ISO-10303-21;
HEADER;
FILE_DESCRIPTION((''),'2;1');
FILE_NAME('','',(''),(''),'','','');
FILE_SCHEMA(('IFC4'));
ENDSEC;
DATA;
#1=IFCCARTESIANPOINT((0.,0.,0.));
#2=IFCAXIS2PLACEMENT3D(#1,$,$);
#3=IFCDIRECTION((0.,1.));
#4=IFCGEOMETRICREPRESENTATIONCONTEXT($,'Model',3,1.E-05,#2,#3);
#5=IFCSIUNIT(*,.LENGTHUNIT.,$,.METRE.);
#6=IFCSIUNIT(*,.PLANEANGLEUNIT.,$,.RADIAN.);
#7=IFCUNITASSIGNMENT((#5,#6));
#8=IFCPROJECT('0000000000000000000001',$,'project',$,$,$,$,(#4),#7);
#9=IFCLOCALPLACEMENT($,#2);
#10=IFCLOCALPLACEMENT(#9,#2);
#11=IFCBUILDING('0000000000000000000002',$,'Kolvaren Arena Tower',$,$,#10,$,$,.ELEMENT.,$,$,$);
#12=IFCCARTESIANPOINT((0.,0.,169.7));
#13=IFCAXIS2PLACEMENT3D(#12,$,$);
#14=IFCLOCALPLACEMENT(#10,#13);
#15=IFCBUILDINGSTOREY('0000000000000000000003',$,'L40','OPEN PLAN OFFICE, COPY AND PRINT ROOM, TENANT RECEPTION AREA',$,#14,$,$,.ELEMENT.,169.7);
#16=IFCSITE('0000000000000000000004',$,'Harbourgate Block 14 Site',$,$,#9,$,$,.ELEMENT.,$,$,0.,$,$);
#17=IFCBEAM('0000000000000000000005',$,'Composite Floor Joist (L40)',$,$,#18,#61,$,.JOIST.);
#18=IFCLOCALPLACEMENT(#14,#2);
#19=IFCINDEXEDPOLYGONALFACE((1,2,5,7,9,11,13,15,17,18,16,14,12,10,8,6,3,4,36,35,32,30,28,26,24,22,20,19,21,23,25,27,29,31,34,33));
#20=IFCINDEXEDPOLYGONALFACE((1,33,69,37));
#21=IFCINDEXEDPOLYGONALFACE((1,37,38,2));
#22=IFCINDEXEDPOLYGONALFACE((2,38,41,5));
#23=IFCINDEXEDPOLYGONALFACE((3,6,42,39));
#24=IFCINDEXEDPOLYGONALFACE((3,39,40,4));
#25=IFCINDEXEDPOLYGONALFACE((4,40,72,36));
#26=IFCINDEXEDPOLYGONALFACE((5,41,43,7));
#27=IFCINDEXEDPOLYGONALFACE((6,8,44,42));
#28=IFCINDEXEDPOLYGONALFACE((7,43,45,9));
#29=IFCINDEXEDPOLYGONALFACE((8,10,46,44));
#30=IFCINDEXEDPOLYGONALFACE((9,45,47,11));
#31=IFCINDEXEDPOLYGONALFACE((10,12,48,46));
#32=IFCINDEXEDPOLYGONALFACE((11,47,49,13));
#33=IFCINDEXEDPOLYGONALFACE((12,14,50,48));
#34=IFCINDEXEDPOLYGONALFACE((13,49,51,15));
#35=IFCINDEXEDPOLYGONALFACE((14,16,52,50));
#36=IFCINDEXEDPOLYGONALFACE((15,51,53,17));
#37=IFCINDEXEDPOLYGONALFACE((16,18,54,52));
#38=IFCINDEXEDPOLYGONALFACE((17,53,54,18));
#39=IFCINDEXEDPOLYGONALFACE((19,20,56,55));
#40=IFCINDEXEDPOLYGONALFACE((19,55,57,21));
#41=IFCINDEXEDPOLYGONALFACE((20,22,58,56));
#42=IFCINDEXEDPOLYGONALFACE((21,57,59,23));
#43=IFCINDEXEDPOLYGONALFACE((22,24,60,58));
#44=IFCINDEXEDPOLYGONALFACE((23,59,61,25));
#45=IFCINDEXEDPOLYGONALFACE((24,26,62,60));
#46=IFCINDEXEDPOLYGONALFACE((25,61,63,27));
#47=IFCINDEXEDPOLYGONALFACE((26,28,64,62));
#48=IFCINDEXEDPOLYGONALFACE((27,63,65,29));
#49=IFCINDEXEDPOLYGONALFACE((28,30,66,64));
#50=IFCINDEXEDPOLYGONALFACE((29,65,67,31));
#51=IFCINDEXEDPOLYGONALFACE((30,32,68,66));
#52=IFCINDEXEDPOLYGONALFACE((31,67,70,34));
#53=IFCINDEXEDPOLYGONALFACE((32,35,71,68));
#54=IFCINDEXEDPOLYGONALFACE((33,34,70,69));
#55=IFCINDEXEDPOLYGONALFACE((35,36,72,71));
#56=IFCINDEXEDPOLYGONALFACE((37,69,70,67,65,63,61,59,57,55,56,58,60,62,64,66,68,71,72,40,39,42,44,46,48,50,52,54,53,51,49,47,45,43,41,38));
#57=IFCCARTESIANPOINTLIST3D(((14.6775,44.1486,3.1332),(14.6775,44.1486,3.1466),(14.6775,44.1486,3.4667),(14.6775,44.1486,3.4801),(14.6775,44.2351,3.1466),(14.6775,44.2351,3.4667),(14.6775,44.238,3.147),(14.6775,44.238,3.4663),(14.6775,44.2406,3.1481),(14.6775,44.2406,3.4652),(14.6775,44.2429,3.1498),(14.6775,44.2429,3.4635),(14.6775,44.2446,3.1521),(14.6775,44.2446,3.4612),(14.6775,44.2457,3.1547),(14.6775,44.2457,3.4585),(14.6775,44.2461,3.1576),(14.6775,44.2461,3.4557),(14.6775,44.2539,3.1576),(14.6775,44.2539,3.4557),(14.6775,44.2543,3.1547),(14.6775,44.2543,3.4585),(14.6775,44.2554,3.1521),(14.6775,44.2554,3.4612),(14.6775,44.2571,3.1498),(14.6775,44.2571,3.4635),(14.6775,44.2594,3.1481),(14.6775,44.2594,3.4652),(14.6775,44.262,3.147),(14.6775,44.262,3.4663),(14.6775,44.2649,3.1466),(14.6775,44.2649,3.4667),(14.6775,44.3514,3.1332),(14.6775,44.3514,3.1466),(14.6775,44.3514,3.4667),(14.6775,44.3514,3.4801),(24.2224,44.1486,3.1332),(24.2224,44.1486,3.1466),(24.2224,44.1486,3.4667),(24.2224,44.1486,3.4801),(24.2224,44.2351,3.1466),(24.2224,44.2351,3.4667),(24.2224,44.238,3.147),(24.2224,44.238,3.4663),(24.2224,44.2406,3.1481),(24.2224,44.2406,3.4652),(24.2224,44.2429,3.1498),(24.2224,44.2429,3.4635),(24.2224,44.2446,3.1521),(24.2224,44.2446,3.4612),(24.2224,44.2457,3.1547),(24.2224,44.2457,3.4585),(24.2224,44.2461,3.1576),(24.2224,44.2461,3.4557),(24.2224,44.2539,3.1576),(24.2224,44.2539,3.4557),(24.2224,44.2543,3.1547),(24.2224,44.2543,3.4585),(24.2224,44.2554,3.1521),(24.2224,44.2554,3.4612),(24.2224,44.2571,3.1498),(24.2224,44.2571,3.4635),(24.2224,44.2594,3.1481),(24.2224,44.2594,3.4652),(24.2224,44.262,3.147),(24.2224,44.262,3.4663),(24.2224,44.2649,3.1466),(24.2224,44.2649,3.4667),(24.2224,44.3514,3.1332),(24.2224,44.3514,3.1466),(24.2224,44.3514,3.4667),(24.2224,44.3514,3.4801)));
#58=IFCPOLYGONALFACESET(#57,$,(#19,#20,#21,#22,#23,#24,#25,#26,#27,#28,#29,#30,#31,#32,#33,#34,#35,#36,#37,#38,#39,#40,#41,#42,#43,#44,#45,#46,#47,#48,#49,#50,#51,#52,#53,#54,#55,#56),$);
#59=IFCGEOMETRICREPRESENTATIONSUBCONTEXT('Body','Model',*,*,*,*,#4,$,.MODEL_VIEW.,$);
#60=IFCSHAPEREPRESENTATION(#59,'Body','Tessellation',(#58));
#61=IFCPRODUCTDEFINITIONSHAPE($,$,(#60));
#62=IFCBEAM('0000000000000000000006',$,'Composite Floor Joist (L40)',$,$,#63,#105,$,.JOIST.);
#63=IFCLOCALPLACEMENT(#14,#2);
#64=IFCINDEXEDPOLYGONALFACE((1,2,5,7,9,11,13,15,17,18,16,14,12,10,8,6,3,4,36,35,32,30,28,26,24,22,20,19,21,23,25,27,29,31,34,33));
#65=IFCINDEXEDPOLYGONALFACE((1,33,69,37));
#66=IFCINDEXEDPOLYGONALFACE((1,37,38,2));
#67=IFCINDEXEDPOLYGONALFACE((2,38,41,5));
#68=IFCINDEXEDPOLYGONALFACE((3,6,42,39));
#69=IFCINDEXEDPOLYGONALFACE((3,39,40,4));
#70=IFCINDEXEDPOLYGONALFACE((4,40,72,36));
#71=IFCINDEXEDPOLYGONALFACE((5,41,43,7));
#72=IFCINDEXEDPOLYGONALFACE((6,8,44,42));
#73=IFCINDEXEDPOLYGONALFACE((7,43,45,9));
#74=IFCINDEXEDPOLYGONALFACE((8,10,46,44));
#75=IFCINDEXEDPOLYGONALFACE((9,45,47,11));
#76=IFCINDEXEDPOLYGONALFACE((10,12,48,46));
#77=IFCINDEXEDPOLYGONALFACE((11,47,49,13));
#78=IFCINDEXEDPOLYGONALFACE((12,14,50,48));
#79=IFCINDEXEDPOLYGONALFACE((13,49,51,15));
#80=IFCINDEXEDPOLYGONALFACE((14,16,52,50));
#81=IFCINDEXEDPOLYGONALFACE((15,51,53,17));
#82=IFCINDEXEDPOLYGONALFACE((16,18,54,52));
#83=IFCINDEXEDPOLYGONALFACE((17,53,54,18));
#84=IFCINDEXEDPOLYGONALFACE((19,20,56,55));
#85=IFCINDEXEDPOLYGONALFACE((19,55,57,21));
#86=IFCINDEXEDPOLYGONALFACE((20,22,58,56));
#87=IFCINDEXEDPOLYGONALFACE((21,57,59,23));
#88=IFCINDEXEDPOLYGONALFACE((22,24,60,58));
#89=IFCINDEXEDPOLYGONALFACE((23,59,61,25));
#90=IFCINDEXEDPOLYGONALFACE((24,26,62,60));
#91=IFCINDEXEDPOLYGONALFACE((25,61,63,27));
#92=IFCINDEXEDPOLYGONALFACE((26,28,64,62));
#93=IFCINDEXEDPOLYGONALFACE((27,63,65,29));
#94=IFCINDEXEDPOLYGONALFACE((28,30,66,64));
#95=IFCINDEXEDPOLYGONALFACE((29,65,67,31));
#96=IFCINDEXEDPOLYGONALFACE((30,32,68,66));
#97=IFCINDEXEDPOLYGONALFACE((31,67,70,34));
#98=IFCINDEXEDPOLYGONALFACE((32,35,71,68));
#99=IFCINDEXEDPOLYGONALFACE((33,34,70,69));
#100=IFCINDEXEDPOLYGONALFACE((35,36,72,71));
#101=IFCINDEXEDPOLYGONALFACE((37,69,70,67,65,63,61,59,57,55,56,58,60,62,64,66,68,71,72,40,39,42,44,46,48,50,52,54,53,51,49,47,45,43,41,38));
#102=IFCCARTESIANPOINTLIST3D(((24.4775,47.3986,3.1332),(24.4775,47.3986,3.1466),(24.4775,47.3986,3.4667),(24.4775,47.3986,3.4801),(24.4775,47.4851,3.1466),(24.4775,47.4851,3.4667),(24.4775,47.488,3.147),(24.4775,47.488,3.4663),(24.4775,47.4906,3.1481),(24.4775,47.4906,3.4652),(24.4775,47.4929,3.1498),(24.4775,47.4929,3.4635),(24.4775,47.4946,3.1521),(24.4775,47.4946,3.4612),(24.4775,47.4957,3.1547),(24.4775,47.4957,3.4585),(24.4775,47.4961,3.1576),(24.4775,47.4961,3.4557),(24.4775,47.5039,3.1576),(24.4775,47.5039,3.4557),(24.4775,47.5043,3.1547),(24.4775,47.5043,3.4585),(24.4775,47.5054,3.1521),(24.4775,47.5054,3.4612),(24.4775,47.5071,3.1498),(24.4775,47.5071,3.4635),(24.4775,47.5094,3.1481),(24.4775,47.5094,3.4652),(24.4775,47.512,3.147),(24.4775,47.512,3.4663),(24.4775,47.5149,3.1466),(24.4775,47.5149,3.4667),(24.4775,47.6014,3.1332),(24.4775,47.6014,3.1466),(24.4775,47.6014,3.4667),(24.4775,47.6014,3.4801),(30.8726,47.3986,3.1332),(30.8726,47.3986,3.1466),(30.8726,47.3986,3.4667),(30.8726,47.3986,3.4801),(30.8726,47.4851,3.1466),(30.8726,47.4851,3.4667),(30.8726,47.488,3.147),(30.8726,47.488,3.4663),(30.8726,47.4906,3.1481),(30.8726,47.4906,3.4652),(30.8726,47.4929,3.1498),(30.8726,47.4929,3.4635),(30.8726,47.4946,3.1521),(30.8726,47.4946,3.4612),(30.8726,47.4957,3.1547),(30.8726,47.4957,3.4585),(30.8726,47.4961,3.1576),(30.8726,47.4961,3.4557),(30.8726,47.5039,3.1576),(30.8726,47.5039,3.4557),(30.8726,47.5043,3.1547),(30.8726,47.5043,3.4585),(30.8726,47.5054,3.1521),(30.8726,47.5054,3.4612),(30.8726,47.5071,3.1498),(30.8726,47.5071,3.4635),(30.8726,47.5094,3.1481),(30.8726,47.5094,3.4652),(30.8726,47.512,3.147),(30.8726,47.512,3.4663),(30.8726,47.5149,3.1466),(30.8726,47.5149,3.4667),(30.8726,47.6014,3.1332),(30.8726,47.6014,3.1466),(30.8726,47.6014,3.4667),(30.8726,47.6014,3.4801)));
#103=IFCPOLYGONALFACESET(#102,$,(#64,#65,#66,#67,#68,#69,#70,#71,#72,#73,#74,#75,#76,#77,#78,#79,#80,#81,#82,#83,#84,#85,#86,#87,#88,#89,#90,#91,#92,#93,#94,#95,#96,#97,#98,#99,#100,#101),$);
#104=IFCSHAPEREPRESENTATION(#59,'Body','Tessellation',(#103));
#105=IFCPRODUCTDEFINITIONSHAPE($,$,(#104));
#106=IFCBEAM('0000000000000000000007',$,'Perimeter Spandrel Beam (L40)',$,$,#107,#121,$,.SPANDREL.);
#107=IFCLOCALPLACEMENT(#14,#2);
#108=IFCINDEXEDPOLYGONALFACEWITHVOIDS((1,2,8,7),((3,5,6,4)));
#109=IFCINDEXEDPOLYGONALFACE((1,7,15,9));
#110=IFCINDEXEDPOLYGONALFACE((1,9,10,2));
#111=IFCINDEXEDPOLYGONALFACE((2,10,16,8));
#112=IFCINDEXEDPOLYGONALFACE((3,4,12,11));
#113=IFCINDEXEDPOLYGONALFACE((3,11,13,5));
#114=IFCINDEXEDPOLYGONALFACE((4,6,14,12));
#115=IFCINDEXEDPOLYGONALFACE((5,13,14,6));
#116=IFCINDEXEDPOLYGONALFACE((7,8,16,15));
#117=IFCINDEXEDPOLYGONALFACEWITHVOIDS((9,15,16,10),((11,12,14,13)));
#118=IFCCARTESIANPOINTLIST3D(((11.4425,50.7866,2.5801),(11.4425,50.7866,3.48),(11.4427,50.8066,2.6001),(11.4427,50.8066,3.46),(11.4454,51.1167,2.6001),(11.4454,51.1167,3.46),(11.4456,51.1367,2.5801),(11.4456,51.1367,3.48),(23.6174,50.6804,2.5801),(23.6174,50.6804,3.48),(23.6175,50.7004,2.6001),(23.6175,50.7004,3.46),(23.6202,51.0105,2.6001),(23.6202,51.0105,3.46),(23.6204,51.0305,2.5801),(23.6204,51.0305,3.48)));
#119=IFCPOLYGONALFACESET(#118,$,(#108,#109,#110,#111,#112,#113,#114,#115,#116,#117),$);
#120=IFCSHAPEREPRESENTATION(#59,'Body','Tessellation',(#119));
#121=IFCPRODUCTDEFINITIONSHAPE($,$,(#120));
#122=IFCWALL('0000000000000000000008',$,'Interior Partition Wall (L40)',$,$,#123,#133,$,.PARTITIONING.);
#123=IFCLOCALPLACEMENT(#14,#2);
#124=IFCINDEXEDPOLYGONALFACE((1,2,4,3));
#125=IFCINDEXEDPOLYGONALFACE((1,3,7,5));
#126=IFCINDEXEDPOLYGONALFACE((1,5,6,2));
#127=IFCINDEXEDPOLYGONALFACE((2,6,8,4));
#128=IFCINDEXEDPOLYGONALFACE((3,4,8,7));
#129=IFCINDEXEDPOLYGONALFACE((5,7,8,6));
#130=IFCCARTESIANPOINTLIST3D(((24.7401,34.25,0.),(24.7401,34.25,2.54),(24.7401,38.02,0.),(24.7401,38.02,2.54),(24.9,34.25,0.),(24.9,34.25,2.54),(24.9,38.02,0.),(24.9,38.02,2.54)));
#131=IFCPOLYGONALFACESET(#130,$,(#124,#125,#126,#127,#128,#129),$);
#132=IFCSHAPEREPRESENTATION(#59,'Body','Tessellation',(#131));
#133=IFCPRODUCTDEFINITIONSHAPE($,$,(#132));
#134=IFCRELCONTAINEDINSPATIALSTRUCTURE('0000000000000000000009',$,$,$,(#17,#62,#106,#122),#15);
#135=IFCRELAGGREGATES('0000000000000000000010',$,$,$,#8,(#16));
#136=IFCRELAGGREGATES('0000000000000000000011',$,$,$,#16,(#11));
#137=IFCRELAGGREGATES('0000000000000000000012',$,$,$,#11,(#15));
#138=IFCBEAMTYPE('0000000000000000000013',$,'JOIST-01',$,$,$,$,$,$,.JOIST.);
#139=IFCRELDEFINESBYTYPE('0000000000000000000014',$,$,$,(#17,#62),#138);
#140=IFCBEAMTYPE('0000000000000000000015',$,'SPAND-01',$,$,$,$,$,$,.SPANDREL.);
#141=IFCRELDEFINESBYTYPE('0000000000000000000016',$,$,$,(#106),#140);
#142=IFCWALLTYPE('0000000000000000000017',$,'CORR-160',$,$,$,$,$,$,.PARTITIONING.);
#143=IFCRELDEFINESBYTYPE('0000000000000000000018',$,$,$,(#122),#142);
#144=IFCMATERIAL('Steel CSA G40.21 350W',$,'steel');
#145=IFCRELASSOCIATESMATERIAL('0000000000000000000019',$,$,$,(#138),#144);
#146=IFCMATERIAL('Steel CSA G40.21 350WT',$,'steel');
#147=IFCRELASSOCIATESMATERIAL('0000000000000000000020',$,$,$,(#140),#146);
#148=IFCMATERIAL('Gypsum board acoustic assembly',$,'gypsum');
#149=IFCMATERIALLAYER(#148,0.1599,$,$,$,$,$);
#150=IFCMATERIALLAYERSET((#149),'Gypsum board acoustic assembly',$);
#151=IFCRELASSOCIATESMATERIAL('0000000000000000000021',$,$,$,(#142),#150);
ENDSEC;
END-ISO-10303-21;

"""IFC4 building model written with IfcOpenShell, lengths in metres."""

from ifc_helpers import new_model, si_unit, direction, frame, frame_2d, origin, origin_2d, place, context, subcontext, project, spatial, rectangle, hollow_rectangle, i_section, extrude, material, layer, layer_set, material_profile, profile_set, type_object, element, save


model = new_model("IFC4")

# Units and contexts
model_context = context("Model", 3, precision=1e-05, world=origin(), true_north=direction((0.0, 1.0)))
body_context = subcontext(model_context, "Body", "Model", "MODEL_VIEW")
ifc_project = project(units=[si_unit("LENGTHUNIT", "METRE"), si_unit("PLANEANGLEUNIT", "RADIAN")], contexts=[model_context])

# Site, building, storey
site_placement = place(None, origin())
site = spatial("IfcSite", under=ifc_project, at=site_placement, Name="Harbourgate Block 14 Site", CompositionType="ELEMENT", RefElevation=0.0)
building_placement = place(site_placement, origin())
building = spatial("IfcBuilding", under=site, at=building_placement, Name="Kolvaren Arena Tower", CompositionType="ELEMENT")
storey_placement = place(building_placement, frame((0.0, 0.0, 169.7)))
storey = spatial("IfcBuildingStorey", under=building, at=storey_placement, Name="L40", Description="OPEN PLAN OFFICE, COPY AND PRINT ROOM, TENANT RECEPTION AREA", CompositionType="ELEMENT", Elevation=169.7)

# Beams
ifc_material_1 = material(Name="Steel CSA G40.21 350W", Category="steel")
ifc_material_profile_1 = material_profile(ifc_material_1, i_section(OverallWidth=0.2029, OverallDepth=0.3469, WebThickness=0.0078, FlangeThickness=0.0134, FilletRadius=0.011, at=origin_2d()), Name="W360x64")
ifc_profile_set_1 = profile_set([ifc_material_profile_1], Name="Steel CSA G40.21 350W")
beam_type_1 = type_object("IfcBeamType", Name="JOIST-01", PredefinedType="JOIST", material=ifc_profile_set_1)
beam_1_placement = place(storey_placement, frame((14.6775, 44.25, 3.3066), z_axis=(1.0, 0.0, 0.0), x_axis=(0.0, 1.0, 0.0)))
element("IfcBeam", 1, at=beam_1_placement, inside=storey, type_object=beam_type_1, Name="Composite Floor Joist (L40)", PredefinedType="JOIST", context=body_context, shape_type="SweptSolid", body=[
    extrude(i_section(OverallWidth=0.2029, OverallDepth=0.3469, WebThickness=0.0078, FlangeThickness=0.0134, FilletRadius=0.011, at=origin_2d()), origin(), (0.0, 0.0, 1.0), 9.5449),
])
beam_2_placement = place(storey_placement, frame((24.4775, 47.5, 3.3066), z_axis=(1.0, 0.0, 0.0), x_axis=(0.0, 1.0, 0.0)))
element("IfcBeam", 2, at=beam_2_placement, inside=storey, type_object=beam_type_1, Name="Composite Floor Joist (L40)", PredefinedType="JOIST", context=body_context, shape_type="SweptSolid", body=[
    extrude(i_section(OverallWidth=0.2029, OverallDepth=0.3469, WebThickness=0.0078, FlangeThickness=0.0134, FilletRadius=0.011, at=origin_2d()), origin(), (0.0, 0.0, 1.0), 6.395),
])
ifc_material_2 = material(Name="Steel CSA G40.21 350WT", Category="steel")
ifc_material_profile_2 = material_profile(ifc_material_2, hollow_rectangle(XDim=0.3501, YDim=0.8999, WallThickness=0.02, at=origin_2d()), Name="HSS 900x350x20")
ifc_profile_set_2 = profile_set([ifc_material_profile_2], Name="Steel CSA G40.21 350WT")
beam_type_2 = type_object("IfcBeamType", Name="SPAND-01", PredefinedType="SPANDREL", material=ifc_profile_set_2)
beam_3_placement = place(storey_placement, frame((23.6189, 50.8555, 3.03), z_axis=(-0.999962, 0.008723, 0.0), x_axis=(-0.008723, -0.999962, 0.0)))
element("IfcBeam", 3, at=beam_3_placement, inside=storey, type_object=beam_type_2, Name="Perimeter Spandrel Beam (L40)", PredefinedType="SPANDREL", context=body_context, shape_type="SweptSolid", body=[
    extrude(hollow_rectangle(XDim=0.3501, YDim=0.8999, WallThickness=0.02, at=origin_2d()), origin(), (0.0, 0.0, 1.0), 12.1753),
])

# Wall
ifc_material_3 = material(Name="Gypsum board acoustic assembly", Category="gypsum")
ifc_layer_1 = layer(ifc_material_3, 0.1599)
ifc_layer_set_1 = layer_set([ifc_layer_1], Name="Gypsum board acoustic assembly")
wall_type_1 = type_object("IfcWallType", Name="CORR-160", PredefinedType="PARTITIONING", material=ifc_layer_set_1)
wall_1_placement = place(storey_placement, frame((24.8201, 34.25, 0.0), z_axis=(0.0, 0.0, 1.0), x_axis=(0.0, 1.0, 0.0)))
element("IfcWall", 4, at=wall_1_placement, inside=storey, type_object=wall_type_1, Name="Interior Partition Wall (L40)", PredefinedType="PARTITIONING", context=body_context, shape_type="SweptSolid", body=[
    extrude(rectangle(XDim=3.77, YDim=0.1599, at=frame_2d((1.885, 0.0))), origin(), (0.0, 0.0, 1.0), 2.54),
])

save(model, "model.ifc")
